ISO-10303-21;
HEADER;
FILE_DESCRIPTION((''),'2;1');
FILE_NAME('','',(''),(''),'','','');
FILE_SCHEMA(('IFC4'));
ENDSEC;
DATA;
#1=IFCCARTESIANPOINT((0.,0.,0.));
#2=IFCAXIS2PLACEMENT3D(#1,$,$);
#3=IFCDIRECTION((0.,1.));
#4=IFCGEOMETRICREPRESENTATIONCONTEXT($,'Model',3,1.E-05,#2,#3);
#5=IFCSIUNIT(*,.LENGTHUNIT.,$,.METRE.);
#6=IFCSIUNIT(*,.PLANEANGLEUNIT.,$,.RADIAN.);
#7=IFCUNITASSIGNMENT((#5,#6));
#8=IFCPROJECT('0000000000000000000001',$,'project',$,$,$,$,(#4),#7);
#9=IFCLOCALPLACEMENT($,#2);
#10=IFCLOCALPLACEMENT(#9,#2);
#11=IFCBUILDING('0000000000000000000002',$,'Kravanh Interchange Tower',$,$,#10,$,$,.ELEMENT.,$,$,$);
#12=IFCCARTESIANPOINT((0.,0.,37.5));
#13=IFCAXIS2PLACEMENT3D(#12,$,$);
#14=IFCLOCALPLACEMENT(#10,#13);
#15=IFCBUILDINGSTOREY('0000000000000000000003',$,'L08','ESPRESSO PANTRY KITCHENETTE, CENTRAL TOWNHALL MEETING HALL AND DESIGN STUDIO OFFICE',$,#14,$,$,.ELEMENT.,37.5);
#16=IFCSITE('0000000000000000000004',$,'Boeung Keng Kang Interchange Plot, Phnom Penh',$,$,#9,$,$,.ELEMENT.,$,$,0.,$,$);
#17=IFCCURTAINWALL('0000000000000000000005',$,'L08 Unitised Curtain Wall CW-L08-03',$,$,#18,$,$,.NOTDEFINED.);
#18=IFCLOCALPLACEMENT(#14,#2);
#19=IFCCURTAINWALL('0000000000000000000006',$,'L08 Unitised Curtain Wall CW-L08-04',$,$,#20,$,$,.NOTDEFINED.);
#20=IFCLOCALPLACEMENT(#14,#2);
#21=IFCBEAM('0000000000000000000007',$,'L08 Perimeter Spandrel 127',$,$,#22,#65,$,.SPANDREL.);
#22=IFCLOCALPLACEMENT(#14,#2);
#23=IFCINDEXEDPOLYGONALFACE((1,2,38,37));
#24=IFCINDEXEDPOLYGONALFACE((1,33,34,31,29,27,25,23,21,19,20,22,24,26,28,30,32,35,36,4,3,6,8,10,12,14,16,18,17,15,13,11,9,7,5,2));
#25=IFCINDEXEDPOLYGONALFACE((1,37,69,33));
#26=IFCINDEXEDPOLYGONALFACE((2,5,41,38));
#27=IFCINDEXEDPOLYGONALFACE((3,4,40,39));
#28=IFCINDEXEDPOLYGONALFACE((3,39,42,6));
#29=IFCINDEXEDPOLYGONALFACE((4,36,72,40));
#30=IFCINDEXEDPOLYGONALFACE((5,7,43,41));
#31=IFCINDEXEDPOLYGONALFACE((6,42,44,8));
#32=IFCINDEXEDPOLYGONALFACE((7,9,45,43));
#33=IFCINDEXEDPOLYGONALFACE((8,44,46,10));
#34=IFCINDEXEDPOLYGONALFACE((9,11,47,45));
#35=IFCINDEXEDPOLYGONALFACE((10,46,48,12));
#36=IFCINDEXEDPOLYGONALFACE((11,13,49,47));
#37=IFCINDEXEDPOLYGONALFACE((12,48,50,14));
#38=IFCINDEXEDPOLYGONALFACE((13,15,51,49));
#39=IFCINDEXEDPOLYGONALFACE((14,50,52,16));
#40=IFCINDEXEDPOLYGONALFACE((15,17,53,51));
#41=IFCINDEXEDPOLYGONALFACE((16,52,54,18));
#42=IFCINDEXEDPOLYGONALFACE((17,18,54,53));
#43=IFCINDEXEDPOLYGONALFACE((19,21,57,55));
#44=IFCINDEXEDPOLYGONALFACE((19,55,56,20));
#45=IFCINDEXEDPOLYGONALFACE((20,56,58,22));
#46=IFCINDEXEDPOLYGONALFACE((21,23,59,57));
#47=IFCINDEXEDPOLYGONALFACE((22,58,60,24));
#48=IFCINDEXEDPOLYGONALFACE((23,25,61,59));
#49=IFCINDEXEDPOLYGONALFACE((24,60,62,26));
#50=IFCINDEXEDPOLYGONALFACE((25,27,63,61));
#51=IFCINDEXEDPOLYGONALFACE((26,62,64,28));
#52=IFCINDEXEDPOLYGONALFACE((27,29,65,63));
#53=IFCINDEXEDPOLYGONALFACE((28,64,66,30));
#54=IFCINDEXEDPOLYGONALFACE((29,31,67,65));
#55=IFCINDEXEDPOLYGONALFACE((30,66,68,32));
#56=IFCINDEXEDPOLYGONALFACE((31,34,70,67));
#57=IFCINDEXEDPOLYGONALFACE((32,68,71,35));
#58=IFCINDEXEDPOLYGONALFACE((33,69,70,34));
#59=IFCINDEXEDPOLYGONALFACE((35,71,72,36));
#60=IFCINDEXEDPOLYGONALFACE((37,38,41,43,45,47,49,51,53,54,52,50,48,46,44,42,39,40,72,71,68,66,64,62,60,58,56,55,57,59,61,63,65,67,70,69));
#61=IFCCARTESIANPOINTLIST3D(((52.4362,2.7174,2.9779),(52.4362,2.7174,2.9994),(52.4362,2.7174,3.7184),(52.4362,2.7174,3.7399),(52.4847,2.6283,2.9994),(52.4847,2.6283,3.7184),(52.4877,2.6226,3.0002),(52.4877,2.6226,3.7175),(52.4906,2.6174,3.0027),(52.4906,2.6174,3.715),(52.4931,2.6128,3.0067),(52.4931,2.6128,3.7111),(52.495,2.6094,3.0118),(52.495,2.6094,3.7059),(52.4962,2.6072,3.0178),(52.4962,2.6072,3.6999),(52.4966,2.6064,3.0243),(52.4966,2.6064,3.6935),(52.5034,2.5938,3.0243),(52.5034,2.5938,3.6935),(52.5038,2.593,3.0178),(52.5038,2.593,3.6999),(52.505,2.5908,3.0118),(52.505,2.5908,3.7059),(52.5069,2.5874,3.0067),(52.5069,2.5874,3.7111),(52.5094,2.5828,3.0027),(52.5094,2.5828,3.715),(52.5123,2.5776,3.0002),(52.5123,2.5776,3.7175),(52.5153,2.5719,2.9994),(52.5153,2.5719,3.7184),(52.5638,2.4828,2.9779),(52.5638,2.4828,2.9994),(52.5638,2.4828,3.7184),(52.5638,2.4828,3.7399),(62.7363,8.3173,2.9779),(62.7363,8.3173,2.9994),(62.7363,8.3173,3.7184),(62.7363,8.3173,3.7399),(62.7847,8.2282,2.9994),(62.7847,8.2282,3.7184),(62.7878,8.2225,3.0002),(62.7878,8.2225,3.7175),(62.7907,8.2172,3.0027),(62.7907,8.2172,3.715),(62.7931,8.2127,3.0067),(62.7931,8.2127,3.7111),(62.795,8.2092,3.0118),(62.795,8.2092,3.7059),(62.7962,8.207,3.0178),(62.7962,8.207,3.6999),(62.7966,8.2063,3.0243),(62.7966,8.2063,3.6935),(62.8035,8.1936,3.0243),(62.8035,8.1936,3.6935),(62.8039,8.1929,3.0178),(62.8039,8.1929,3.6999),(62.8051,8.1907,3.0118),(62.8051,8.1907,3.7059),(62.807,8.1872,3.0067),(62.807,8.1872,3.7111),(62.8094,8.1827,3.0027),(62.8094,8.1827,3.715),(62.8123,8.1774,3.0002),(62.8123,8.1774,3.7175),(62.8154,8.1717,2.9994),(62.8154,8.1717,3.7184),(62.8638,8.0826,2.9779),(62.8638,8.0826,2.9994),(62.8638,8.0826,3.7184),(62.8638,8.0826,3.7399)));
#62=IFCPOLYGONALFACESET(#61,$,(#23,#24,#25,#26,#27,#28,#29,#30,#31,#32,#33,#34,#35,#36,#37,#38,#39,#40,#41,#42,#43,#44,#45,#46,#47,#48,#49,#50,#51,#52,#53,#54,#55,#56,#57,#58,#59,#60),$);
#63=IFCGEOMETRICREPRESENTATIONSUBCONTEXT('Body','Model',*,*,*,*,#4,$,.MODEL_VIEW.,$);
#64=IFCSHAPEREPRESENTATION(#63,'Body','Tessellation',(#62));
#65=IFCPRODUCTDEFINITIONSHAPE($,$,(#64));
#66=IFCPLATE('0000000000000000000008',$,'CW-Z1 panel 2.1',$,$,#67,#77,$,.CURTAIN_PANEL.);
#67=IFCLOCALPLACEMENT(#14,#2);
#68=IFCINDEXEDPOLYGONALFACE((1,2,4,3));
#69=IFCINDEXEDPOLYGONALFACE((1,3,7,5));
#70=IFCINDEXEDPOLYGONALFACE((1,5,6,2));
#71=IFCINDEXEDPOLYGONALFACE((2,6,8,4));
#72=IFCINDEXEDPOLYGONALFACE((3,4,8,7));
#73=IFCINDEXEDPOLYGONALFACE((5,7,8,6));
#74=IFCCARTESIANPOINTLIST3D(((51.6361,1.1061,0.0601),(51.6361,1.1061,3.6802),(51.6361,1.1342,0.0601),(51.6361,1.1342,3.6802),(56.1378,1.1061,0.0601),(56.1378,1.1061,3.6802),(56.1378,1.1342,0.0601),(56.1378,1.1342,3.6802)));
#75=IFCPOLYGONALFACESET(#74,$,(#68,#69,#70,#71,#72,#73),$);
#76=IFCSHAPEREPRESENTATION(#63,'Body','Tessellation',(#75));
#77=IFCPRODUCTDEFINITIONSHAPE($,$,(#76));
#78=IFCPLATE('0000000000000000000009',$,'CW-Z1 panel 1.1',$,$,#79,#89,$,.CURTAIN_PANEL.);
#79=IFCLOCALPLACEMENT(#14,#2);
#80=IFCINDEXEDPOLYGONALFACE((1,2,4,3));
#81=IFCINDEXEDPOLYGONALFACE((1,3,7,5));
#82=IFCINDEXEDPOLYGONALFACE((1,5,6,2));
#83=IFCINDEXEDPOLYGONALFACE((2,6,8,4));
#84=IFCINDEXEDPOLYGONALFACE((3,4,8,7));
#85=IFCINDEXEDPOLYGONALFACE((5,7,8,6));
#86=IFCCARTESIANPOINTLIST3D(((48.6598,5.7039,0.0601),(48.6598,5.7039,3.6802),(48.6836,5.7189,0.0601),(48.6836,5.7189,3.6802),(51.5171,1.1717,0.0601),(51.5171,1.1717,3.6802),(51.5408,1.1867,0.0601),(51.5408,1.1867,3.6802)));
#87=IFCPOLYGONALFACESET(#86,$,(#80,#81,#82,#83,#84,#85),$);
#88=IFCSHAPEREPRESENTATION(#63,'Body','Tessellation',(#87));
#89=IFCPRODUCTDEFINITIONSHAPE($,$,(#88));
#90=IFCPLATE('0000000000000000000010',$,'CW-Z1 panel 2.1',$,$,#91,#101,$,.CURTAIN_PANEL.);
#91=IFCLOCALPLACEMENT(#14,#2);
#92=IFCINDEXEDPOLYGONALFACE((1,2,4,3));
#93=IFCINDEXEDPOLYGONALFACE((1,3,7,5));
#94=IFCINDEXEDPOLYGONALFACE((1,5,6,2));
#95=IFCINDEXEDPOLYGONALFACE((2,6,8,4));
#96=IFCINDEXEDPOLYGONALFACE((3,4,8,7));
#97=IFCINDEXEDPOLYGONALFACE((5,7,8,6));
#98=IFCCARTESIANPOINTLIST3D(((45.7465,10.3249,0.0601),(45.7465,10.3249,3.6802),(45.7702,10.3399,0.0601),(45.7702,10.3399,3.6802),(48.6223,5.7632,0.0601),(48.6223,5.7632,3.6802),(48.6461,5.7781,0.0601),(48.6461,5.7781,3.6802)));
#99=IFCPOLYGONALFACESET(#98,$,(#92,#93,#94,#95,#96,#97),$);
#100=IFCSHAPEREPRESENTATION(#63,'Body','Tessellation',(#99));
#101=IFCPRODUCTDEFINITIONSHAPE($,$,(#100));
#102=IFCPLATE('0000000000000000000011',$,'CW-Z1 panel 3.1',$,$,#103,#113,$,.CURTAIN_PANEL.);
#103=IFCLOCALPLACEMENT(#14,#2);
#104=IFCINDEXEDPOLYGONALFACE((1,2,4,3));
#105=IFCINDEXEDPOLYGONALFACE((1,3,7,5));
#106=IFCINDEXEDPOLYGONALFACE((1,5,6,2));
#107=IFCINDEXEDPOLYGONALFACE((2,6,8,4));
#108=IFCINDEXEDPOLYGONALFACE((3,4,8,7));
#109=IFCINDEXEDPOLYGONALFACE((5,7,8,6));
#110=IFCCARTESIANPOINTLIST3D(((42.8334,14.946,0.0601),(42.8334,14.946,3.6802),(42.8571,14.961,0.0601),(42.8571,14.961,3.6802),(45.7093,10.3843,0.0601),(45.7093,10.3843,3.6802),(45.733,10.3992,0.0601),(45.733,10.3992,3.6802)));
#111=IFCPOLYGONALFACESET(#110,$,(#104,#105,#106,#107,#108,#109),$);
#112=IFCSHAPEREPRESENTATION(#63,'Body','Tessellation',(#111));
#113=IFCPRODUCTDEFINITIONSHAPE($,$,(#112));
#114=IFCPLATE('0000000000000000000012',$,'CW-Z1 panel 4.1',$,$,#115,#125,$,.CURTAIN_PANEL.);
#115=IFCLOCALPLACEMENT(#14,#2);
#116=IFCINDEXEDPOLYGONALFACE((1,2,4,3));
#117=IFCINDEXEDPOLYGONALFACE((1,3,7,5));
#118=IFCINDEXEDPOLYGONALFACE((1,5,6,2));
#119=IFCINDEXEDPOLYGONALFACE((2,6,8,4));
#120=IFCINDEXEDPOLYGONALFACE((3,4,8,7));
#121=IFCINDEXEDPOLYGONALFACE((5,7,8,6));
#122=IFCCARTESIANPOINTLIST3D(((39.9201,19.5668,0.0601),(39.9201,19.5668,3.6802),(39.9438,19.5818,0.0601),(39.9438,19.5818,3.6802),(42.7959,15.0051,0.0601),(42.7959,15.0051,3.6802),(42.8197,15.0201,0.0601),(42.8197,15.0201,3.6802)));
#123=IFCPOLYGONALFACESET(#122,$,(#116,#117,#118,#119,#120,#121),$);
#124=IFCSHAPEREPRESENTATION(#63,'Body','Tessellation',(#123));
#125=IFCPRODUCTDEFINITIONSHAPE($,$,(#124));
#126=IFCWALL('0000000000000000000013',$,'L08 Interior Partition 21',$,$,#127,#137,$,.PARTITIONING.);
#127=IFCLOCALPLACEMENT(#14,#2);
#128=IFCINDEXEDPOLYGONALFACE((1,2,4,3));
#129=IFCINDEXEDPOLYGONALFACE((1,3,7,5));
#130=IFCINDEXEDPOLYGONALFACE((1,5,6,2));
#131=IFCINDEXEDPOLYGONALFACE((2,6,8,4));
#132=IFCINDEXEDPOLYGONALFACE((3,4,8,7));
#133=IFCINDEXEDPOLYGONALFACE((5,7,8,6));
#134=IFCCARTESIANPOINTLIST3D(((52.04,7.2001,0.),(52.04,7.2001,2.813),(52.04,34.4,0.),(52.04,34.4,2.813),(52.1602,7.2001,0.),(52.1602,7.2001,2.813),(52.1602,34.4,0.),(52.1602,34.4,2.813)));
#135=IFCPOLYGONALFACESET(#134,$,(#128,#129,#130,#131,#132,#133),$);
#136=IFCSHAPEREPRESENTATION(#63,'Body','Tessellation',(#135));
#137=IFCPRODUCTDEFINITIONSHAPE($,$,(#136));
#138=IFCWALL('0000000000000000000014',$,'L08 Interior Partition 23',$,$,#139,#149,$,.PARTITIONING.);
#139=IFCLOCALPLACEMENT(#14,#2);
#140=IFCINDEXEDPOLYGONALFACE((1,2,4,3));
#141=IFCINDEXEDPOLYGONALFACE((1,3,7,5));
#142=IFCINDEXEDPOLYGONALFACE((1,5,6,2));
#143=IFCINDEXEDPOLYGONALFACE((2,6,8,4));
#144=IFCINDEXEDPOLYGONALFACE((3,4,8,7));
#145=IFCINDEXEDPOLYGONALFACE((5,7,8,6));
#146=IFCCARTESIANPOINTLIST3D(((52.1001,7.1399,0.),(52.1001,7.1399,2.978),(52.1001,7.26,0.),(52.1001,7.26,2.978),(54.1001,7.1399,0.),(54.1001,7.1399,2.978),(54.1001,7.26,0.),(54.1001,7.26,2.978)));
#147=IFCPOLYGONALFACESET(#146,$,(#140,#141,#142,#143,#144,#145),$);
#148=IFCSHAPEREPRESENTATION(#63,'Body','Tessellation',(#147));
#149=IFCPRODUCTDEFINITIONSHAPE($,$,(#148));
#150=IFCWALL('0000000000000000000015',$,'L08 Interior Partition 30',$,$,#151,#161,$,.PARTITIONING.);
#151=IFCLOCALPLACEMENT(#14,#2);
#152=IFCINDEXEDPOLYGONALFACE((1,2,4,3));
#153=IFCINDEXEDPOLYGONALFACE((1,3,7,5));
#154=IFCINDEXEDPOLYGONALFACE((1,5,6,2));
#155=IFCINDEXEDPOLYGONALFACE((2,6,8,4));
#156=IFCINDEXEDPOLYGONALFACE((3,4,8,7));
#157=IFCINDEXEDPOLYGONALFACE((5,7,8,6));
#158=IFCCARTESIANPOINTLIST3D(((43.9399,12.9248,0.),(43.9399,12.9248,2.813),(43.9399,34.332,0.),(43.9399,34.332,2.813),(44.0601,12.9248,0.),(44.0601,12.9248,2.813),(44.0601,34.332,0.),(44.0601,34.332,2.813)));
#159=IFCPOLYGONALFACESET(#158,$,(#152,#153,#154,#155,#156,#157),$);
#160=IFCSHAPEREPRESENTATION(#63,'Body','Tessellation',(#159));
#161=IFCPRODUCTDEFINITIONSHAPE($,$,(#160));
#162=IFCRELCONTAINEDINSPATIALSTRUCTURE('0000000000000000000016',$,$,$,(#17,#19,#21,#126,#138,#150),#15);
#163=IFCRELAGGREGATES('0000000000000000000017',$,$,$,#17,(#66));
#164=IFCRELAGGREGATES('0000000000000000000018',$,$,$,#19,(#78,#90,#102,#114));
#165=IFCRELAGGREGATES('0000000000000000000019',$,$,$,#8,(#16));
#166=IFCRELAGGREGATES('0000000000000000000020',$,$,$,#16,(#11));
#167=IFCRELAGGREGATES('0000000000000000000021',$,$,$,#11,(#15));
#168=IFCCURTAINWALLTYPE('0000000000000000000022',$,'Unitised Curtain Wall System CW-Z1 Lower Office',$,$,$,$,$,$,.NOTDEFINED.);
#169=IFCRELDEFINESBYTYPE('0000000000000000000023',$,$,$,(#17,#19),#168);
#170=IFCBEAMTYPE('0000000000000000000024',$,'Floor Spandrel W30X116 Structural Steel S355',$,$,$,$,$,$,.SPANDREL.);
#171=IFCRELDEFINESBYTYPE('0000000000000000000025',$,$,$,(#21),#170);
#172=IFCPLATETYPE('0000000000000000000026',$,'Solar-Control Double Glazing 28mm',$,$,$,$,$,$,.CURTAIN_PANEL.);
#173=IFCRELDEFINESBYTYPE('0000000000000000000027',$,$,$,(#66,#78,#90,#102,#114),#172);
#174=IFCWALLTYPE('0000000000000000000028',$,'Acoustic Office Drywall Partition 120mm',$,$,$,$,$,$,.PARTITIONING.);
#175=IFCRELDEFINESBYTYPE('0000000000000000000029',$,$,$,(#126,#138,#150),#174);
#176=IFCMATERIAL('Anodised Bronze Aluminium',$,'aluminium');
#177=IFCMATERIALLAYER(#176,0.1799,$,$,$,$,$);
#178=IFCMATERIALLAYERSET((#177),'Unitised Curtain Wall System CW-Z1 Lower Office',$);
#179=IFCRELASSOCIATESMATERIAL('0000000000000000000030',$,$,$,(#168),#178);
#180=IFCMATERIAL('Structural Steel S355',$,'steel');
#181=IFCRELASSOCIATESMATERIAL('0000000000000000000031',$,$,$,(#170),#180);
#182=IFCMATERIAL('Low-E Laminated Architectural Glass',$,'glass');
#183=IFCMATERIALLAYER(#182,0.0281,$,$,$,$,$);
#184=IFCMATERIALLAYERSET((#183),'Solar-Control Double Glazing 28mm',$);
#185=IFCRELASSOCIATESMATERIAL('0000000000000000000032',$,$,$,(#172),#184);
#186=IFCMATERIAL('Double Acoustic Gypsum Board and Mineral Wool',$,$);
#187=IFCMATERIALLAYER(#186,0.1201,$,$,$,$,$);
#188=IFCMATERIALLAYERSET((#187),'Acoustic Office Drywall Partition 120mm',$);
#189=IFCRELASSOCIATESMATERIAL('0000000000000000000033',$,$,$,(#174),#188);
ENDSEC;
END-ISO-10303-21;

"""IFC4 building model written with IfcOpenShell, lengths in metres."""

from ifc_helpers import new_model, si_unit, direction, frame, frame_2d, origin, origin_2d, place, context, subcontext, project, spatial, rectangle, i_section, extrude, material, layer, layer_set, material_profile, profile_set, type_object, element, aggregate, save


model = new_model("IFC4")

# Units and contexts
model_context = context("Model", 3, precision=1e-05, world=origin(), true_north=direction((0.0, 1.0)))
body_context = subcontext(model_context, "Body", "Model", "MODEL_VIEW")
ifc_project = project(units=[si_unit("LENGTHUNIT", "METRE"), si_unit("PLANEANGLEUNIT", "RADIAN")], contexts=[model_context])

# Site, building, storey
site_placement = place(None, origin())
site = spatial("IfcSite", under=ifc_project, at=site_placement, Name="Boeung Keng Kang Interchange Plot, Phnom Penh", CompositionType="ELEMENT", RefElevation=0.0)
building_placement = place(site_placement, origin())
building = spatial("IfcBuilding", under=site, at=building_placement, Name="Kravanh Interchange Tower", CompositionType="ELEMENT")
storey_placement = place(building_placement, frame((0.0, 0.0, 37.5)))
storey = spatial("IfcBuildingStorey", under=building, at=storey_placement, Name="L08", Description="ESPRESSO PANTRY KITCHENETTE, CENTRAL TOWNHALL MEETING HALL AND DESIGN STUDIO OFFICE", CompositionType="ELEMENT", Elevation=37.5)

# Curtain wall
ifc_material_1 = material(Name="Anodised Bronze Aluminium", Category="aluminium")
ifc_layer_1 = layer(ifc_material_1, 0.1799)
ifc_layer_set_1 = layer_set([ifc_layer_1], Name="Unitised Curtain Wall System CW-Z1 Lower Office")
curtain_wall_type = type_object("IfcCurtainWallType", Name="Unitised Curtain Wall System CW-Z1 Lower Office", PredefinedType="NOTDEFINED", material=ifc_layer_set_1)
curtain_wall_1_placement = place(storey_placement, origin())
curtain_wall_1 = element("IfcCurtainWall", 1, at=curtain_wall_1_placement, inside=storey, type_object=curtain_wall_type, Name="L08 Unitised Curtain Wall CW-L08-03", PredefinedType="NOTDEFINED")

# Curtain wall
curtain_wall_2_placement = place(storey_placement, origin())
curtain_wall_2 = element("IfcCurtainWall", 2, at=curtain_wall_2_placement, inside=storey, type_object=curtain_wall_type, Name="L08 Unitised Curtain Wall CW-L08-04", PredefinedType="NOTDEFINED")

# Beam
ifc_material_2 = material(Name="Structural Steel S355", Category="steel")
ifc_material_profile_1 = material_profile(ifc_material_2, i_section(OverallWidth=0.2671, OverallDepth=0.762, WebThickness=0.0144, FlangeThickness=0.0215, FilletRadius=0.0249, at=origin_2d()), Name="W30X116")
ifc_profile_set_1 = profile_set([ifc_material_profile_1], Name="Structural Steel S355")
beam_type = type_object("IfcBeamType", Name="Floor Spandrel W30X116 Structural Steel S355", PredefinedType="SPANDREL", material=ifc_profile_set_1)
beam_1_placement = place(storey_placement, frame((52.5, 2.6001, 3.3589), z_axis=(0.878553, 0.477645, 0.0), x_axis=(-0.477645, 0.878553, 0.0)))
element("IfcBeam", 3, at=beam_1_placement, inside=storey, type_object=beam_type, Name="L08 Perimeter Spandrel 127", PredefinedType="SPANDREL", context=body_context, shape_type="SweptSolid", body=[
    extrude(i_section(OverallWidth=0.2671, OverallDepth=0.762, WebThickness=0.0144, FlangeThickness=0.0215, FilletRadius=0.0249, at=origin_2d()), origin(), (0.0, 0.0, 1.0), 11.7239),
])

# Plates
ifc_material_3 = material(Name="Low-E Laminated Architectural Glass", Category="glass")
ifc_layer_2 = layer(ifc_material_3, 0.0281)
ifc_layer_set_2 = layer_set([ifc_layer_2], Name="Solar-Control Double Glazing 28mm")
plate_type = type_object("IfcPlateType", Name="Solar-Control Double Glazing 28mm", PredefinedType="CURTAIN_PANEL", material=ifc_layer_set_2)
plate_1_placement = place(storey_placement, frame((53.887, 1.1201, 0.0601), z_axis=(0.0, 0.0, 1.0), x_axis=(-1.0, 0.0, 0.0)))
plate_1 = element("IfcPlate", 4, at=plate_1_placement, type_object=plate_type, Name="CW-Z1 panel 2.1", PredefinedType="CURTAIN_PANEL", context=body_context, shape_type="SweptSolid", body=[
    extrude(rectangle(XDim=4.5017, YDim=0.0281, at=origin_2d()), origin(), (0.0, 0.0, 1.0), 3.6201),
])
aggregate(curtain_wall_1, [plate_1])
plate_2_placement = place(storey_placement, frame((50.1003, 3.4453, 0.0601), z_axis=(0.0, 0.0, 1.0), x_axis=(-0.533301, 0.845926, 0.0)))
plate_2 = element("IfcPlate", 5, at=plate_2_placement, type_object=plate_type, Name="CW-Z1 panel 1.1", PredefinedType="CURTAIN_PANEL", context=body_context, shape_type="SweptSolid", body=[
    extrude(rectangle(XDim=5.3577, YDim=0.0281, at=origin_2d()), origin(), (0.0, 0.0, 1.0), 3.6201),
])
plate_3_placement = place(storey_placement, frame((47.1963, 8.0515, 0.0601), z_axis=(0.0, 0.0, 1.0), x_axis=(-0.533301, 0.845926, 0.0)))
plate_3 = element("IfcPlate", 6, at=plate_3_placement, type_object=plate_type, Name="CW-Z1 panel 2.1", PredefinedType="CURTAIN_PANEL", context=body_context, shape_type="SweptSolid", body=[
    extrude(rectangle(XDim=5.3926, YDim=0.0281, at=origin_2d()), origin(), (0.0, 0.0, 1.0), 3.6201),
])
plate_4_placement = place(storey_placement, frame((44.2832, 12.6726, 0.0601), z_axis=(0.0, 0.0, 1.0), x_axis=(-0.533301, 0.845926, 0.0)))
plate_4 = element("IfcPlate", 7, at=plate_4_placement, type_object=plate_type, Name="CW-Z1 panel 3.1", PredefinedType="CURTAIN_PANEL", context=body_context, shape_type="SweptSolid", body=[
    extrude(rectangle(XDim=5.3926, YDim=0.0281, at=origin_2d()), origin(), (0.0, 0.0, 1.0), 3.6201),
])
plate_5_placement = place(storey_placement, frame((41.3699, 17.2935, 0.0601), z_axis=(0.0, 0.0, 1.0), x_axis=(-0.533301, 0.845926, 0.0)))
plate_5 = element("IfcPlate", 8, at=plate_5_placement, type_object=plate_type, Name="CW-Z1 panel 4.1", PredefinedType="CURTAIN_PANEL", context=body_context, shape_type="SweptSolid", body=[
    extrude(rectangle(XDim=5.3926, YDim=0.0281, at=origin_2d()), origin(), (0.0, 0.0, 1.0), 3.6201),
])
aggregate(curtain_wall_2, [plate_2, plate_3, plate_4, plate_5])

# Walls
ifc_material_4 = material(Name="Double Acoustic Gypsum Board and Mineral Wool")
ifc_layer_3 = layer(ifc_material_4, 0.1201)
ifc_layer_set_3 = layer_set([ifc_layer_3], Name="Acoustic Office Drywall Partition 120mm")
wall_type = type_object("IfcWallType", Name="Acoustic Office Drywall Partition 120mm", PredefinedType="PARTITIONING", material=ifc_layer_set_3)
wall_1_placement = place(storey_placement, frame((52.1001, 7.2, 0.0), z_axis=(0.0, 0.0, 1.0), x_axis=(0.0, 1.0, 0.0)))
element("IfcWall", 9, at=wall_1_placement, inside=storey, type_object=wall_type, Name="L08 Interior Partition 21", PredefinedType="PARTITIONING", context=body_context, shape_type="SweptSolid", body=[
    extrude(rectangle(XDim=27.2, YDim=0.1201, at=frame_2d((13.6001, 0.0))), origin(), (0.0, 0.0, 1.0), 2.813),
])
wall_2_placement = place(storey_placement, frame((52.1001, 7.2, 0.0), z_axis=(0.0, 0.0, 1.0), x_axis=(1.0, 0.0, 0.0)))
element("IfcWall", 10, at=wall_2_placement, inside=storey, type_object=wall_type, Name="L08 Interior Partition 23", PredefinedType="PARTITIONING", context=body_context, shape_type="SweptSolid", body=[
    extrude(rectangle(XDim=2.0, YDim=0.1201, at=frame_2d((1.0, 0.0))), origin(), (0.0, 0.0, 1.0), 2.978),
])
wall_3_placement = place(storey_placement, frame((44.0, 12.9248, 0.0), z_axis=(0.0, 0.0, 1.0), x_axis=(0.0, 1.0, 0.0)))
element("IfcWall", 11, at=wall_3_placement, inside=storey, type_object=wall_type, Name="L08 Interior Partition 30", PredefinedType="PARTITIONING", context=body_context, shape_type="SweptSolid", body=[
    extrude(rectangle(XDim=21.4072, YDim=0.1201, at=frame_2d((10.7036, 0.0))), origin(), (0.0, 0.0, 1.0), 2.813),
])

save(model, "model.ifc")
